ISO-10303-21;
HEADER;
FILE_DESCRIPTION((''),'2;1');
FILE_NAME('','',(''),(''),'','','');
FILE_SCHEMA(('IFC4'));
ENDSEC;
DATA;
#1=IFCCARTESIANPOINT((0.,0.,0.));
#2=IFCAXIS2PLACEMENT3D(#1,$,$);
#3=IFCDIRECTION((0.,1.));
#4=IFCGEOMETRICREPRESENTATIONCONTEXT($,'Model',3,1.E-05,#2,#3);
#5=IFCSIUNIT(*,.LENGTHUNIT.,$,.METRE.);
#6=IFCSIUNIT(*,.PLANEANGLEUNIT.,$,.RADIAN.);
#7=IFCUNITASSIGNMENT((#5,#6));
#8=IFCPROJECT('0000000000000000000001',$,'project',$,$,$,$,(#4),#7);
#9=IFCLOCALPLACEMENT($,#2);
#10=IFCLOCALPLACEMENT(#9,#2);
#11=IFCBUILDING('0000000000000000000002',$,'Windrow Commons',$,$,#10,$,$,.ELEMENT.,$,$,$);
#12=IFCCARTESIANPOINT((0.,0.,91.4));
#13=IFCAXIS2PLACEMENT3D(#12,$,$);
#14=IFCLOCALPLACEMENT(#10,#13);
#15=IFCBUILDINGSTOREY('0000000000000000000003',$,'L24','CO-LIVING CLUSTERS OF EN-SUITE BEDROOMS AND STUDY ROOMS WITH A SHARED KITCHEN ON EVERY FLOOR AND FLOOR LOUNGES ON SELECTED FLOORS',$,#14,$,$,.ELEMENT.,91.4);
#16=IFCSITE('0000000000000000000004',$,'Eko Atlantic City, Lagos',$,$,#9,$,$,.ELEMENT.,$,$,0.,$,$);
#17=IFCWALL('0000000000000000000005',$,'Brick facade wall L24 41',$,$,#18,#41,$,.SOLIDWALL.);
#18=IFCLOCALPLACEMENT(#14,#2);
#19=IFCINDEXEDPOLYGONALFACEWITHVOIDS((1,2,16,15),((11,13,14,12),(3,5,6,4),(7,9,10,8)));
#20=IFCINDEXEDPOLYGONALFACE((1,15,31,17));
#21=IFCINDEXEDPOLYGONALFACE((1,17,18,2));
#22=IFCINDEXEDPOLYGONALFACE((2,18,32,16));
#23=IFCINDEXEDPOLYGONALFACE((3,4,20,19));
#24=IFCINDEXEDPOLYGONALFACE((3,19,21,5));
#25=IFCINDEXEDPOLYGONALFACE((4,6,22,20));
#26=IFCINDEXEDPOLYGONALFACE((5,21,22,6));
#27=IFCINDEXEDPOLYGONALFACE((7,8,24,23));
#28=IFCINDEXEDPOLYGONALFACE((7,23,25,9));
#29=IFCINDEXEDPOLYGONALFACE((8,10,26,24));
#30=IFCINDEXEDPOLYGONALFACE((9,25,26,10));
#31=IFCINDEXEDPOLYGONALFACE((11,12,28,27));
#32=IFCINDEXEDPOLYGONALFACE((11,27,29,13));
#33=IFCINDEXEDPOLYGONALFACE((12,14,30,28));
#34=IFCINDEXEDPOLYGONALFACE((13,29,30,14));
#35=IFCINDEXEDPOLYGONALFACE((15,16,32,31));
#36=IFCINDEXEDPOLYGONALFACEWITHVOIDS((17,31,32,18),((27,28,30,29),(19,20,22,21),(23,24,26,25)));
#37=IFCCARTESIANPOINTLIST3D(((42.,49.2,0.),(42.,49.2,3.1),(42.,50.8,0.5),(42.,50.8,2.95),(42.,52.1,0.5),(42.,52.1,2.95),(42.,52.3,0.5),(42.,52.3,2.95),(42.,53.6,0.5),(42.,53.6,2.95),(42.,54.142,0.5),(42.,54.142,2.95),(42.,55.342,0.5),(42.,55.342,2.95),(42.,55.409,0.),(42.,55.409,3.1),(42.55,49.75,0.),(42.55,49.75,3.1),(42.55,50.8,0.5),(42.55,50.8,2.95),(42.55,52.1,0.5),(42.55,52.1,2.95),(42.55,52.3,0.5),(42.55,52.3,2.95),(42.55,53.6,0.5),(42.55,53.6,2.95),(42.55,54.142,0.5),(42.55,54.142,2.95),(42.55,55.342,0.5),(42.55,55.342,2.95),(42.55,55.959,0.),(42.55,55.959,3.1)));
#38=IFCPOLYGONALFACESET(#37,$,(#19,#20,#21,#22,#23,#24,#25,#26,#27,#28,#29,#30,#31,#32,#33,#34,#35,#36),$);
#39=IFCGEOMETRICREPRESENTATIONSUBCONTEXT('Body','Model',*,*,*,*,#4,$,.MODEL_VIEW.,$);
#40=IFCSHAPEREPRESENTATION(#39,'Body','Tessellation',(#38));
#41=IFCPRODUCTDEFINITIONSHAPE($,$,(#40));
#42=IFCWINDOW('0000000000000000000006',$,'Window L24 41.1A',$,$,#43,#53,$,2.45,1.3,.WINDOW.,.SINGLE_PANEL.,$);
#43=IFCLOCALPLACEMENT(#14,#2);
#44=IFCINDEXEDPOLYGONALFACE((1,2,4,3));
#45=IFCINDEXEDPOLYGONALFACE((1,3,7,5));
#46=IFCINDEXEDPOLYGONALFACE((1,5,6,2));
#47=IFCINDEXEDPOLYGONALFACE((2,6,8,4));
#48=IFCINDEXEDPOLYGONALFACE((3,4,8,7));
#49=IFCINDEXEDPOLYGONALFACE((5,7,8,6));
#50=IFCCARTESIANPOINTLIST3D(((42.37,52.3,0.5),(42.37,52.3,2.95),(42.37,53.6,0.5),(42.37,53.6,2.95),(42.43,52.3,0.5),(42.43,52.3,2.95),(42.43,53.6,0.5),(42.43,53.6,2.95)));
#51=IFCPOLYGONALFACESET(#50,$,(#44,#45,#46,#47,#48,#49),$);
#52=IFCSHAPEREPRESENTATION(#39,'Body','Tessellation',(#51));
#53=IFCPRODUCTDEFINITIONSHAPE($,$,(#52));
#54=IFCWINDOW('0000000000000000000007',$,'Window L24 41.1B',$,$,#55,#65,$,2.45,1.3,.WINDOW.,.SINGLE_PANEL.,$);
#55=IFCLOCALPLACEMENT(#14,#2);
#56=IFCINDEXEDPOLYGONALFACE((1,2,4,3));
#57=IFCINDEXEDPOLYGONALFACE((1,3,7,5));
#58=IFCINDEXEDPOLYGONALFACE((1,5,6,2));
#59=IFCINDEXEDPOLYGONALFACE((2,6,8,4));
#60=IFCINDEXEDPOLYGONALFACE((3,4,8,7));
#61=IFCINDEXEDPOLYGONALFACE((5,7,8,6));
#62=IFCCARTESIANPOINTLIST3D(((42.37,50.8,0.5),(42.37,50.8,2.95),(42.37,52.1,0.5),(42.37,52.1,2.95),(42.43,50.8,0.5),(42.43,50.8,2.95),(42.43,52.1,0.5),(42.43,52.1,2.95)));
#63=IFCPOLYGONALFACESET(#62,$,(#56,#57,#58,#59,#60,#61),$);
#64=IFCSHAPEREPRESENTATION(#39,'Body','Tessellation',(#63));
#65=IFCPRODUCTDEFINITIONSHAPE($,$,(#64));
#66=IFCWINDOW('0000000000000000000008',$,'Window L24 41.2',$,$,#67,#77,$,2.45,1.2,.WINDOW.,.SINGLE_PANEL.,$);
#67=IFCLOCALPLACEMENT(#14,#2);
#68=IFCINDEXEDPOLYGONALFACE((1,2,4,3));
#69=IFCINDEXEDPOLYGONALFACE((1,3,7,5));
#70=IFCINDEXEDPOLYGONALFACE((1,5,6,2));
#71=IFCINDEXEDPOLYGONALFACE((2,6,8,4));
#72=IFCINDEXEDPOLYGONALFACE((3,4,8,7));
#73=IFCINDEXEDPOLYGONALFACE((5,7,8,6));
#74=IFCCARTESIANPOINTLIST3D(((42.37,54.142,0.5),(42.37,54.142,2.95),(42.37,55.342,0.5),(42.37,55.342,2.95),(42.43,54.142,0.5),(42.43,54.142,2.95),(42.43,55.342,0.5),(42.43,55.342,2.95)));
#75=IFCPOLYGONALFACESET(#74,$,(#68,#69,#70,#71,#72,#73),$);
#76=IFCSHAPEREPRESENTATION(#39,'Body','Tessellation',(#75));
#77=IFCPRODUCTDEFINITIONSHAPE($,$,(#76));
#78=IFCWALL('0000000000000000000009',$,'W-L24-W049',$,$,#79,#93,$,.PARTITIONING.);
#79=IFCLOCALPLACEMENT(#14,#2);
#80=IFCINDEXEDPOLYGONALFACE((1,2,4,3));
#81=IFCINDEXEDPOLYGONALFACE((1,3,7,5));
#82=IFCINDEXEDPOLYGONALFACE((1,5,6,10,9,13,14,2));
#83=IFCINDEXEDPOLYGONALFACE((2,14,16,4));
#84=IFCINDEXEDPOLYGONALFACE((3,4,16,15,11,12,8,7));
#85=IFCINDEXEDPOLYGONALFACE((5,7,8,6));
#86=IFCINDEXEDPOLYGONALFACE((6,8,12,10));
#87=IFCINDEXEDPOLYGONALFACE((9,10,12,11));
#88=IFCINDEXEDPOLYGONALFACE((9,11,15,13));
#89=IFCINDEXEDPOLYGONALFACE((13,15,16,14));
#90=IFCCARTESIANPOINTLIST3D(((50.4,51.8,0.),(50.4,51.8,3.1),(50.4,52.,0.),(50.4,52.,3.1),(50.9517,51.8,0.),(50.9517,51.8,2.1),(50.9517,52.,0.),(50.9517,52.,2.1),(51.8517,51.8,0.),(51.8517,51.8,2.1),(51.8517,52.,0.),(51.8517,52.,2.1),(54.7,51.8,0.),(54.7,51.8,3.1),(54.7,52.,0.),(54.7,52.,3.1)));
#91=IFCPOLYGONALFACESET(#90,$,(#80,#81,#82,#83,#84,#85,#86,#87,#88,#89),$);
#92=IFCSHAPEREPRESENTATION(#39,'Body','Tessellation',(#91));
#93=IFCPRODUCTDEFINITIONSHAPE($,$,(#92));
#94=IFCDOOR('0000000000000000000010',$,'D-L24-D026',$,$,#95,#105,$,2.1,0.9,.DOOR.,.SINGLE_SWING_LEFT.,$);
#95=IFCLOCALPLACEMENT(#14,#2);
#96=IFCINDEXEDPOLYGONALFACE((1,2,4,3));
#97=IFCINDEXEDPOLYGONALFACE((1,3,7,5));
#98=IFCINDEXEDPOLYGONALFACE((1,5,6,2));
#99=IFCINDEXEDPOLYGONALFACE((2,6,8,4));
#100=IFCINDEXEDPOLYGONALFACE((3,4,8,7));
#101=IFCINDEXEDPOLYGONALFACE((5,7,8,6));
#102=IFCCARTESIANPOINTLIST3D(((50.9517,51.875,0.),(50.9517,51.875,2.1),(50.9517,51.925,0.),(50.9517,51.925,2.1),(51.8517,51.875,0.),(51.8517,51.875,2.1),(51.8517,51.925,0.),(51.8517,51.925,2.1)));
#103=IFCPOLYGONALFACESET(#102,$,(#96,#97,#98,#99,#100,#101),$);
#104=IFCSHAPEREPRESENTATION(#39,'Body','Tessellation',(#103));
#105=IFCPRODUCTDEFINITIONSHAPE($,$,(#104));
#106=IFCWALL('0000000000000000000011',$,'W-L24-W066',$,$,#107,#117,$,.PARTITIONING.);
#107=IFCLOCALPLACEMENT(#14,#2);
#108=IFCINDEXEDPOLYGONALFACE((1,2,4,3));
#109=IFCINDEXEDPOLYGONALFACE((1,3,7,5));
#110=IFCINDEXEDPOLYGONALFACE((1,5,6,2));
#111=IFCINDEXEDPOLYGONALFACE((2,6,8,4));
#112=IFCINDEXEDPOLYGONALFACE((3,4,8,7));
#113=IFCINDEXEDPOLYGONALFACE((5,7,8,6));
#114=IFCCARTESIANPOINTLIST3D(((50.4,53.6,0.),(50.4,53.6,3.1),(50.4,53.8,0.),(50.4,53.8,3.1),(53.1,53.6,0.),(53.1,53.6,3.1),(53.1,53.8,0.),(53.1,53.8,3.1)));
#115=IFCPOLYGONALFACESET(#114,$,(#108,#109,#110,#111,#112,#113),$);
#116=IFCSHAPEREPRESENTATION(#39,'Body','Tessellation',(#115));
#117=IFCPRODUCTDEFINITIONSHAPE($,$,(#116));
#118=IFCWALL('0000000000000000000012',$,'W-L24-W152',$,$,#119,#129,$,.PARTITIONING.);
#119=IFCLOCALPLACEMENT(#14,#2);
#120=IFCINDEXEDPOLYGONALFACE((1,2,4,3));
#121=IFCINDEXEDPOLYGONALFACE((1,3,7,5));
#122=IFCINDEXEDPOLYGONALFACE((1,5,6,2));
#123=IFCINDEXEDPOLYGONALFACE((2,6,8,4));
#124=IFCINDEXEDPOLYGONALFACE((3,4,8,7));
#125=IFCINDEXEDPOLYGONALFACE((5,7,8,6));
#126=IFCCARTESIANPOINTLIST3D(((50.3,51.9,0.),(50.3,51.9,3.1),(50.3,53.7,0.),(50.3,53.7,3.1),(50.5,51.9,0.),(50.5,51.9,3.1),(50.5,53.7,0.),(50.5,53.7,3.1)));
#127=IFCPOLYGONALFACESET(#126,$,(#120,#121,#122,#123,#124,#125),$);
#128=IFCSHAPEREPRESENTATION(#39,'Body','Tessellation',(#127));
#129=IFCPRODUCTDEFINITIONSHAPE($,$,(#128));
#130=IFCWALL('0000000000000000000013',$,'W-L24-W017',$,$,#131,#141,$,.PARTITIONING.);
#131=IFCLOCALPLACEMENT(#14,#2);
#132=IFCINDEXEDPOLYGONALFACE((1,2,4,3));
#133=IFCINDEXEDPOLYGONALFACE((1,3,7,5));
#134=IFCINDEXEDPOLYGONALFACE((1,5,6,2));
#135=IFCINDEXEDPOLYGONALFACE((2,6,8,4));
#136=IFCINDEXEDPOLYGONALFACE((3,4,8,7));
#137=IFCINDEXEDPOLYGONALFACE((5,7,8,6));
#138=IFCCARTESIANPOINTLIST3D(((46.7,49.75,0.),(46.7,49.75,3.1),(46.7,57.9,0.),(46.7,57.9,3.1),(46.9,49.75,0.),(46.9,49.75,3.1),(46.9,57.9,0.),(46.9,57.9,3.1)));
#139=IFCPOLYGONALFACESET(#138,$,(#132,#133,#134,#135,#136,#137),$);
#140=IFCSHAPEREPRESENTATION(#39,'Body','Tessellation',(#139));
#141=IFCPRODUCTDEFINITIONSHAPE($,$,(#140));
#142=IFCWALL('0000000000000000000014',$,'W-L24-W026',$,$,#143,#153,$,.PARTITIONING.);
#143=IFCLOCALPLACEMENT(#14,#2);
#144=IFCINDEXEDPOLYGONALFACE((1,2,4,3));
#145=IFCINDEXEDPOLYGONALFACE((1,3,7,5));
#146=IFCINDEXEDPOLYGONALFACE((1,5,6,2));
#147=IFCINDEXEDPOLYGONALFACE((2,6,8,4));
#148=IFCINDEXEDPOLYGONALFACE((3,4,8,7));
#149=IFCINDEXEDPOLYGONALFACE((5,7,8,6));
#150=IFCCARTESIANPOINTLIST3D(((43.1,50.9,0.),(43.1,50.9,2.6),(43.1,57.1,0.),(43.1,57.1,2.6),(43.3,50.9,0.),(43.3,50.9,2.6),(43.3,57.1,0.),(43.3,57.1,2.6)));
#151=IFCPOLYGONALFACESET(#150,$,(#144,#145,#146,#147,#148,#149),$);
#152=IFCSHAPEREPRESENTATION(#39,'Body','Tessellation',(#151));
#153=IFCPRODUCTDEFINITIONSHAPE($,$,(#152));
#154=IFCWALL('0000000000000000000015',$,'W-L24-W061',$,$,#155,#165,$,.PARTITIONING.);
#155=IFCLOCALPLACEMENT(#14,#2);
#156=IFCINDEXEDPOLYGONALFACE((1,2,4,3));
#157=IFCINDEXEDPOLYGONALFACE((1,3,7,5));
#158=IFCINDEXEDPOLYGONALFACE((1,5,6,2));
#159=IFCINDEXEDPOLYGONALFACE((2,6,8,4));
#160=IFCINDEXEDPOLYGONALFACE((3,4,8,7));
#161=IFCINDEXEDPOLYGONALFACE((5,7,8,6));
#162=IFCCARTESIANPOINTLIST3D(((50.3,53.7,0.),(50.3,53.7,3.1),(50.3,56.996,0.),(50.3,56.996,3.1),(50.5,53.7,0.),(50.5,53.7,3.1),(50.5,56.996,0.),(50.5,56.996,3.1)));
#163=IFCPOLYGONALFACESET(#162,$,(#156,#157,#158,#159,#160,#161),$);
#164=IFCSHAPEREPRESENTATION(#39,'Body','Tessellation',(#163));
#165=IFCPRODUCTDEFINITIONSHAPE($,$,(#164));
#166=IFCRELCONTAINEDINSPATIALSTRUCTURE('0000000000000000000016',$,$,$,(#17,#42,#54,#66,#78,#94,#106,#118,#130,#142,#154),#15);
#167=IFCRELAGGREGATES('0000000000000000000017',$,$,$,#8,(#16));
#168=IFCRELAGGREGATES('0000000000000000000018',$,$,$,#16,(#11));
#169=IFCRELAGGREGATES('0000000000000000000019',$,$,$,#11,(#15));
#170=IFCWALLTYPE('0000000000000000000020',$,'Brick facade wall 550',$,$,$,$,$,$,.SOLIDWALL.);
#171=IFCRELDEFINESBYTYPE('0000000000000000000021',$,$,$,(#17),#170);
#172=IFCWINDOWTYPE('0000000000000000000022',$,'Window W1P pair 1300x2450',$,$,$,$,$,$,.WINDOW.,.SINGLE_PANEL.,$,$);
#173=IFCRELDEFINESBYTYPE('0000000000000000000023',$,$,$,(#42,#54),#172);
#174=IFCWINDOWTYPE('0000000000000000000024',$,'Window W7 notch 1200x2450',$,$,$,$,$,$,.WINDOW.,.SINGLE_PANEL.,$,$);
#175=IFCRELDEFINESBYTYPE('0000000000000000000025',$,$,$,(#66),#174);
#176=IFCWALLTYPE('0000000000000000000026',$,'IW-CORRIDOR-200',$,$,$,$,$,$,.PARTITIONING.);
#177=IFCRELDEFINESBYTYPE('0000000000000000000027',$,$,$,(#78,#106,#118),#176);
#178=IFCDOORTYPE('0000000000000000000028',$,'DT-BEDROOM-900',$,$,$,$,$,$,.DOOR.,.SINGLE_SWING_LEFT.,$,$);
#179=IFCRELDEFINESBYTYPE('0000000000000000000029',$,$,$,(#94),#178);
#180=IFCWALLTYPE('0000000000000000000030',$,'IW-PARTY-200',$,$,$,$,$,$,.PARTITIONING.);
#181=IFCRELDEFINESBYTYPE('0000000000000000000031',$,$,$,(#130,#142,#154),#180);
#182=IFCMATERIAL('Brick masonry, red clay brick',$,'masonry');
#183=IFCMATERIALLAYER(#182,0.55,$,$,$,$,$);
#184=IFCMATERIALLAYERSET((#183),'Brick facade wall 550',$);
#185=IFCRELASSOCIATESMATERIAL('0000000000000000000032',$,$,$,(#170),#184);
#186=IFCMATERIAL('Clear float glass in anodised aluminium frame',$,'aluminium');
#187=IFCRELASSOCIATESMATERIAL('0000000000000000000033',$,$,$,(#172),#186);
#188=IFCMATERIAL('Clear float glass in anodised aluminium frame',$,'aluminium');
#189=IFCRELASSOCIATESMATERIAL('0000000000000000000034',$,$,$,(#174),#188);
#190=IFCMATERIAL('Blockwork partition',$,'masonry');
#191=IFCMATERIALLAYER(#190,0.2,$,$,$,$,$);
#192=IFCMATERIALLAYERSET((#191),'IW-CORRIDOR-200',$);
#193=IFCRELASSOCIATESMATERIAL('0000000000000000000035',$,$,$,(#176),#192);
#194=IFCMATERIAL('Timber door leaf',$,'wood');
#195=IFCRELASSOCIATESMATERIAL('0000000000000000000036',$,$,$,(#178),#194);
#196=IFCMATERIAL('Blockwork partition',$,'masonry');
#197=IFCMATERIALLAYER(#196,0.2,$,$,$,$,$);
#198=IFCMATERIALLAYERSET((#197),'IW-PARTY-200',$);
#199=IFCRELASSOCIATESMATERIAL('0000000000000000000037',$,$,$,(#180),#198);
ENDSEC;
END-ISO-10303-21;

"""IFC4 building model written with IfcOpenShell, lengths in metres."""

from ifc_helpers import new_model, si_unit, direction, frame, frame_2d, origin, place, context, subcontext, project, spatial, polyline, rectangle, outline, extrude, material, layer, layer_set, type_object, element, fill, save


model = new_model("IFC4")

# Units and contexts
model_context = context("Model", 3, precision=1e-05, world=origin(), true_north=direction((0.0, 1.0)))
body_context = subcontext(model_context, "Body", "Model", "MODEL_VIEW")
ifc_project = project(units=[si_unit("LENGTHUNIT", "METRE"), si_unit("PLANEANGLEUNIT", "RADIAN")], contexts=[model_context])

# Site, building, storey
site_placement = place(None, origin())
site = spatial("IfcSite", under=ifc_project, at=site_placement, Name="Eko Atlantic City, Lagos", CompositionType="ELEMENT", RefElevation=0.0)
building_placement = place(site_placement, origin())
building = spatial("IfcBuilding", under=site, at=building_placement, Name="Windrow Commons", CompositionType="ELEMENT")
storey_placement = place(building_placement, frame((0.0, 0.0, 91.4)))
storey = spatial("IfcBuildingStorey", under=building, at=storey_placement, Name="L24", Description="CO-LIVING CLUSTERS OF EN-SUITE BEDROOMS AND STUDY ROOMS WITH A SHARED KITCHEN ON EVERY FLOOR AND FLOOR LOUNGES ON SELECTED FLOORS", CompositionType="ELEMENT", Elevation=91.4)

# Wall, openings, windows
ifc_material_1 = material(Name="Brick masonry, red clay brick", Category="masonry")
ifc_layer_1 = layer(ifc_material_1, 0.55)
ifc_layer_set_1 = layer_set([ifc_layer_1], Name="Brick facade wall 550")
wall_type_1 = type_object("IfcWallType", Name="Brick facade wall 550", PredefinedType="SOLIDWALL", material=ifc_layer_set_1)
ifc_material_2 = material(Name="Clear float glass in anodised aluminium frame", Category="aluminium")
window_type_1 = type_object("IfcWindowType", Name="Window W1P pair 1300x2450", PartitioningType="SINGLE_PANEL", PredefinedType="WINDOW", material=ifc_material_2)
ifc_material_3 = material(Name="Clear float glass in anodised aluminium frame", Category="aluminium")
window_type_2 = type_object("IfcWindowType", Name="Window W7 notch 1200x2450", PartitioningType="SINGLE_PANEL", PredefinedType="WINDOW", material=ifc_material_3)
wall_1_placement = place(storey_placement, frame((42.275, 55.684, 0.0), z_axis=(0.0, 0.0, 1.0), x_axis=(0.0, -1.0, 0.0)))
wall_1 = element("IfcWall", 1, at=wall_1_placement, inside=storey, type_object=wall_type_1, Name="Brick facade wall L24 41", PredefinedType="SOLIDWALL", context=body_context, shape_type="SweptSolid", body=[
    extrude(outline(polyline([(0.275, -0.275), (6.484, -0.275), (5.934, 0.275), (-0.275, 0.275), (0.275, -0.275)])), origin(), (0.0, 0.0, 1.0), 3.1),
])
opening_1_placement = place(wall_1_placement, frame((2.084, 0.0, 0.5)))
opening_1 = element("IfcOpeningElement", 2, at=opening_1_placement, cuts=wall_1, PredefinedType="OPENING", context=body_context, shape_type="SweptSolid", body=[
    extrude(rectangle(XDim=1.3, YDim=2.45, at=frame_2d((0.65, 1.225))), frame((0.0, 0.285, 0.0), z_axis=(0.0, -1.0, 0.0), x_axis=(1.0, 0.0, 0.0)), (0.0, 0.0, 1.0), 0.57),
])
opening_2_placement = place(wall_1_placement, frame((3.584, 0.0, 0.5)))
opening_2 = element("IfcOpeningElement", 3, at=opening_2_placement, cuts=wall_1, PredefinedType="OPENING", context=body_context, shape_type="SweptSolid", body=[
    extrude(rectangle(XDim=1.3, YDim=2.45, at=frame_2d((0.65, 1.225))), frame((0.0, 0.285, 0.0), z_axis=(0.0, -1.0, 0.0), x_axis=(1.0, 0.0, 0.0)), (0.0, 0.0, 1.0), 0.57),
])
opening_3_placement = place(wall_1_placement, frame((0.342, 0.0, 0.5)))
opening_3 = element("IfcOpeningElement", 4, at=opening_3_placement, cuts=wall_1, PredefinedType="OPENING", context=body_context, shape_type="SweptSolid", body=[
    extrude(rectangle(XDim=1.2, YDim=2.45, at=frame_2d((0.6, 1.225))), frame((0.0, 0.285, 0.0), z_axis=(0.0, -1.0, 0.0), x_axis=(1.0, 0.0, 0.0)), (0.0, 0.0, 1.0), 0.57),
])
window_1_placement = place(opening_1_placement, origin())
window_1 = element("IfcWindow", 5, at=window_1_placement, inside=storey, type_object=window_type_1, Name="Window L24 41.1A", OverallHeight=2.45, OverallWidth=1.3, PartitioningType="SINGLE_PANEL", PredefinedType="WINDOW", context=body_context, shape_type="SweptSolid", body=[
    extrude(rectangle(XDim=1.3, YDim=2.45, at=frame_2d((0.65, 1.225))), frame((0.0, 0.155, 0.0), z_axis=(0.0, -1.0, 0.0), x_axis=(1.0, 0.0, 0.0)), (0.0, 0.0, 1.0), 0.06),
])
fill(opening_1, window_1)
window_2_placement = place(opening_2_placement, origin())
window_2 = element("IfcWindow", 6, at=window_2_placement, inside=storey, type_object=window_type_1, Name="Window L24 41.1B", OverallHeight=2.45, OverallWidth=1.3, PartitioningType="SINGLE_PANEL", PredefinedType="WINDOW", context=body_context, shape_type="SweptSolid", body=[
    extrude(rectangle(XDim=1.3, YDim=2.45, at=frame_2d((0.65, 1.225))), frame((0.0, 0.155, 0.0), z_axis=(0.0, -1.0, 0.0), x_axis=(1.0, 0.0, 0.0)), (0.0, 0.0, 1.0), 0.06),
])
fill(opening_2, window_2)
window_3_placement = place(opening_3_placement, origin())
window_3 = element("IfcWindow", 7, at=window_3_placement, inside=storey, type_object=window_type_2, Name="Window L24 41.2", OverallHeight=2.45, OverallWidth=1.2, PartitioningType="SINGLE_PANEL", PredefinedType="WINDOW", context=body_context, shape_type="SweptSolid", body=[
    extrude(rectangle(XDim=1.2, YDim=2.45, at=frame_2d((0.6, 1.225))), frame((0.0, 0.155, 0.0), z_axis=(0.0, -1.0, 0.0), x_axis=(1.0, 0.0, 0.0)), (0.0, 0.0, 1.0), 0.06),
])
fill(opening_3, window_3)

# Wall, opening, door
ifc_material_4 = material(Name="Blockwork partition", Category="masonry")
ifc_layer_2 = layer(ifc_material_4, 0.2)
ifc_layer_set_2 = layer_set([ifc_layer_2], Name="IW-CORRIDOR-200")
wall_type_2 = type_object("IfcWallType", Name="IW-CORRIDOR-200", PredefinedType="PARTITIONING", material=ifc_layer_set_2)
wall_2_placement = place(storey_placement, frame((50.4, 51.9, 0.0), z_axis=(0.0, 0.0, 1.0), x_axis=(1.0, 0.0, 0.0)))
wall_2 = element("IfcWall", 8, at=wall_2_placement, inside=storey, type_object=wall_type_2, Name="W-L24-W049", PredefinedType="PARTITIONING", context=body_context, shape_type="SweptSolid", body=[
    extrude(rectangle(XDim=4.3, YDim=0.2, at=frame_2d((2.15, 0.0))), origin(), (0.0, 0.0, 1.0), 3.1),
])
opening_4_placement = place(wall_2_placement, frame((0.5517, 0.0, 0.0)))
opening_4 = element("IfcOpeningElement", 9, at=opening_4_placement, cuts=wall_2, PredefinedType="OPENING", context=body_context, shape_type="SweptSolid", body=[
    extrude(rectangle(XDim=0.9, YDim=2.1, at=frame_2d((0.45, 1.05))), frame((0.0, 0.11, 0.0), z_axis=(0.0, -1.0, 0.0), x_axis=(1.0, 0.0, 0.0)), (0.0, 0.0, 1.0), 0.22),
])
ifc_material_5 = material(Name="Timber door leaf", Category="wood")
door_type = type_object("IfcDoorType", Name="DT-BEDROOM-900", OperationType="SINGLE_SWING_LEFT", PredefinedType="DOOR", material=ifc_material_5)
door_placement = place(opening_4_placement, origin())
door = element("IfcDoor", 10, at=door_placement, inside=storey, type_object=door_type, Name="D-L24-D026", OperationType="SINGLE_SWING_LEFT", OverallHeight=2.1, OverallWidth=0.9, PredefinedType="DOOR", context=body_context, shape_type="SweptSolid", body=[
    extrude(rectangle(XDim=0.9, YDim=2.1, at=frame_2d((0.45, 1.05))), frame((0.0, 0.025, 0.0), z_axis=(0.0, -1.0, 0.0), x_axis=(1.0, 0.0, 0.0)), (0.0, 0.0, 1.0), 0.05),
])
fill(opening_4, door)

# Walls
wall_3_placement = place(storey_placement, frame((50.4, 53.7, 0.0), z_axis=(0.0, 0.0, 1.0), x_axis=(1.0, 0.0, 0.0)))
element("IfcWall", 11, at=wall_3_placement, inside=storey, type_object=wall_type_2, Name="W-L24-W066", PredefinedType="PARTITIONING", context=body_context, shape_type="SweptSolid", body=[
    extrude(rectangle(XDim=2.7, YDim=0.2, at=frame_2d((1.35, 0.0))), origin(), (0.0, 0.0, 1.0), 3.1),
])
wall_4_placement = place(storey_placement, frame((50.4, 51.9, 0.0), z_axis=(0.0, 0.0, 1.0), x_axis=(0.0, 1.0, 0.0)))
element("IfcWall", 12, at=wall_4_placement, inside=storey, type_object=wall_type_2, Name="W-L24-W152", PredefinedType="PARTITIONING", context=body_context, shape_type="SweptSolid", body=[
    extrude(rectangle(XDim=1.8, YDim=0.2, at=frame_2d((0.9, 0.0))), origin(), (0.0, 0.0, 1.0), 3.1),
])
ifc_material_6 = material(Name="Blockwork partition", Category="masonry")
ifc_layer_3 = layer(ifc_material_6, 0.2)
ifc_layer_set_3 = layer_set([ifc_layer_3], Name="IW-PARTY-200")
wall_type_3 = type_object("IfcWallType", Name="IW-PARTY-200", PredefinedType="PARTITIONING", material=ifc_layer_set_3)
wall_5_placement = place(storey_placement, frame((46.8, 49.75, 0.0), z_axis=(0.0, 0.0, 1.0), x_axis=(0.0, 1.0, 0.0)))
element("IfcWall", 13, at=wall_5_placement, inside=storey, type_object=wall_type_3, Name="W-L24-W017", PredefinedType="PARTITIONING", context=body_context, shape_type="SweptSolid", body=[
    extrude(rectangle(XDim=8.15, YDim=0.2, at=frame_2d((4.075, 0.0))), origin(), (0.0, 0.0, 1.0), 3.1),
])
wall_6_placement = place(storey_placement, frame((43.2, 50.9, 0.0), z_axis=(0.0, 0.0, 1.0), x_axis=(0.0, 1.0, 0.0)))
element("IfcWall", 14, at=wall_6_placement, inside=storey, type_object=wall_type_3, Name="W-L24-W026", PredefinedType="PARTITIONING", context=body_context, shape_type="SweptSolid", body=[
    extrude(rectangle(XDim=6.2, YDim=0.2, at=frame_2d((3.1, 0.0))), origin(), (0.0, 0.0, 1.0), 2.6),
])
wall_7_placement = place(storey_placement, frame((50.4, 53.7, 0.0), z_axis=(0.0, 0.0, 1.0), x_axis=(0.0, 1.0, 0.0)))
element("IfcWall", 15, at=wall_7_placement, inside=storey, type_object=wall_type_3, Name="W-L24-W061", PredefinedType="PARTITIONING", context=body_context, shape_type="SweptSolid", body=[
    extrude(rectangle(XDim=3.296, YDim=0.2, at=frame_2d((1.648, 0.0))), origin(), (0.0, 0.0, 1.0), 3.1),
])

save(model, "model.ifc")
